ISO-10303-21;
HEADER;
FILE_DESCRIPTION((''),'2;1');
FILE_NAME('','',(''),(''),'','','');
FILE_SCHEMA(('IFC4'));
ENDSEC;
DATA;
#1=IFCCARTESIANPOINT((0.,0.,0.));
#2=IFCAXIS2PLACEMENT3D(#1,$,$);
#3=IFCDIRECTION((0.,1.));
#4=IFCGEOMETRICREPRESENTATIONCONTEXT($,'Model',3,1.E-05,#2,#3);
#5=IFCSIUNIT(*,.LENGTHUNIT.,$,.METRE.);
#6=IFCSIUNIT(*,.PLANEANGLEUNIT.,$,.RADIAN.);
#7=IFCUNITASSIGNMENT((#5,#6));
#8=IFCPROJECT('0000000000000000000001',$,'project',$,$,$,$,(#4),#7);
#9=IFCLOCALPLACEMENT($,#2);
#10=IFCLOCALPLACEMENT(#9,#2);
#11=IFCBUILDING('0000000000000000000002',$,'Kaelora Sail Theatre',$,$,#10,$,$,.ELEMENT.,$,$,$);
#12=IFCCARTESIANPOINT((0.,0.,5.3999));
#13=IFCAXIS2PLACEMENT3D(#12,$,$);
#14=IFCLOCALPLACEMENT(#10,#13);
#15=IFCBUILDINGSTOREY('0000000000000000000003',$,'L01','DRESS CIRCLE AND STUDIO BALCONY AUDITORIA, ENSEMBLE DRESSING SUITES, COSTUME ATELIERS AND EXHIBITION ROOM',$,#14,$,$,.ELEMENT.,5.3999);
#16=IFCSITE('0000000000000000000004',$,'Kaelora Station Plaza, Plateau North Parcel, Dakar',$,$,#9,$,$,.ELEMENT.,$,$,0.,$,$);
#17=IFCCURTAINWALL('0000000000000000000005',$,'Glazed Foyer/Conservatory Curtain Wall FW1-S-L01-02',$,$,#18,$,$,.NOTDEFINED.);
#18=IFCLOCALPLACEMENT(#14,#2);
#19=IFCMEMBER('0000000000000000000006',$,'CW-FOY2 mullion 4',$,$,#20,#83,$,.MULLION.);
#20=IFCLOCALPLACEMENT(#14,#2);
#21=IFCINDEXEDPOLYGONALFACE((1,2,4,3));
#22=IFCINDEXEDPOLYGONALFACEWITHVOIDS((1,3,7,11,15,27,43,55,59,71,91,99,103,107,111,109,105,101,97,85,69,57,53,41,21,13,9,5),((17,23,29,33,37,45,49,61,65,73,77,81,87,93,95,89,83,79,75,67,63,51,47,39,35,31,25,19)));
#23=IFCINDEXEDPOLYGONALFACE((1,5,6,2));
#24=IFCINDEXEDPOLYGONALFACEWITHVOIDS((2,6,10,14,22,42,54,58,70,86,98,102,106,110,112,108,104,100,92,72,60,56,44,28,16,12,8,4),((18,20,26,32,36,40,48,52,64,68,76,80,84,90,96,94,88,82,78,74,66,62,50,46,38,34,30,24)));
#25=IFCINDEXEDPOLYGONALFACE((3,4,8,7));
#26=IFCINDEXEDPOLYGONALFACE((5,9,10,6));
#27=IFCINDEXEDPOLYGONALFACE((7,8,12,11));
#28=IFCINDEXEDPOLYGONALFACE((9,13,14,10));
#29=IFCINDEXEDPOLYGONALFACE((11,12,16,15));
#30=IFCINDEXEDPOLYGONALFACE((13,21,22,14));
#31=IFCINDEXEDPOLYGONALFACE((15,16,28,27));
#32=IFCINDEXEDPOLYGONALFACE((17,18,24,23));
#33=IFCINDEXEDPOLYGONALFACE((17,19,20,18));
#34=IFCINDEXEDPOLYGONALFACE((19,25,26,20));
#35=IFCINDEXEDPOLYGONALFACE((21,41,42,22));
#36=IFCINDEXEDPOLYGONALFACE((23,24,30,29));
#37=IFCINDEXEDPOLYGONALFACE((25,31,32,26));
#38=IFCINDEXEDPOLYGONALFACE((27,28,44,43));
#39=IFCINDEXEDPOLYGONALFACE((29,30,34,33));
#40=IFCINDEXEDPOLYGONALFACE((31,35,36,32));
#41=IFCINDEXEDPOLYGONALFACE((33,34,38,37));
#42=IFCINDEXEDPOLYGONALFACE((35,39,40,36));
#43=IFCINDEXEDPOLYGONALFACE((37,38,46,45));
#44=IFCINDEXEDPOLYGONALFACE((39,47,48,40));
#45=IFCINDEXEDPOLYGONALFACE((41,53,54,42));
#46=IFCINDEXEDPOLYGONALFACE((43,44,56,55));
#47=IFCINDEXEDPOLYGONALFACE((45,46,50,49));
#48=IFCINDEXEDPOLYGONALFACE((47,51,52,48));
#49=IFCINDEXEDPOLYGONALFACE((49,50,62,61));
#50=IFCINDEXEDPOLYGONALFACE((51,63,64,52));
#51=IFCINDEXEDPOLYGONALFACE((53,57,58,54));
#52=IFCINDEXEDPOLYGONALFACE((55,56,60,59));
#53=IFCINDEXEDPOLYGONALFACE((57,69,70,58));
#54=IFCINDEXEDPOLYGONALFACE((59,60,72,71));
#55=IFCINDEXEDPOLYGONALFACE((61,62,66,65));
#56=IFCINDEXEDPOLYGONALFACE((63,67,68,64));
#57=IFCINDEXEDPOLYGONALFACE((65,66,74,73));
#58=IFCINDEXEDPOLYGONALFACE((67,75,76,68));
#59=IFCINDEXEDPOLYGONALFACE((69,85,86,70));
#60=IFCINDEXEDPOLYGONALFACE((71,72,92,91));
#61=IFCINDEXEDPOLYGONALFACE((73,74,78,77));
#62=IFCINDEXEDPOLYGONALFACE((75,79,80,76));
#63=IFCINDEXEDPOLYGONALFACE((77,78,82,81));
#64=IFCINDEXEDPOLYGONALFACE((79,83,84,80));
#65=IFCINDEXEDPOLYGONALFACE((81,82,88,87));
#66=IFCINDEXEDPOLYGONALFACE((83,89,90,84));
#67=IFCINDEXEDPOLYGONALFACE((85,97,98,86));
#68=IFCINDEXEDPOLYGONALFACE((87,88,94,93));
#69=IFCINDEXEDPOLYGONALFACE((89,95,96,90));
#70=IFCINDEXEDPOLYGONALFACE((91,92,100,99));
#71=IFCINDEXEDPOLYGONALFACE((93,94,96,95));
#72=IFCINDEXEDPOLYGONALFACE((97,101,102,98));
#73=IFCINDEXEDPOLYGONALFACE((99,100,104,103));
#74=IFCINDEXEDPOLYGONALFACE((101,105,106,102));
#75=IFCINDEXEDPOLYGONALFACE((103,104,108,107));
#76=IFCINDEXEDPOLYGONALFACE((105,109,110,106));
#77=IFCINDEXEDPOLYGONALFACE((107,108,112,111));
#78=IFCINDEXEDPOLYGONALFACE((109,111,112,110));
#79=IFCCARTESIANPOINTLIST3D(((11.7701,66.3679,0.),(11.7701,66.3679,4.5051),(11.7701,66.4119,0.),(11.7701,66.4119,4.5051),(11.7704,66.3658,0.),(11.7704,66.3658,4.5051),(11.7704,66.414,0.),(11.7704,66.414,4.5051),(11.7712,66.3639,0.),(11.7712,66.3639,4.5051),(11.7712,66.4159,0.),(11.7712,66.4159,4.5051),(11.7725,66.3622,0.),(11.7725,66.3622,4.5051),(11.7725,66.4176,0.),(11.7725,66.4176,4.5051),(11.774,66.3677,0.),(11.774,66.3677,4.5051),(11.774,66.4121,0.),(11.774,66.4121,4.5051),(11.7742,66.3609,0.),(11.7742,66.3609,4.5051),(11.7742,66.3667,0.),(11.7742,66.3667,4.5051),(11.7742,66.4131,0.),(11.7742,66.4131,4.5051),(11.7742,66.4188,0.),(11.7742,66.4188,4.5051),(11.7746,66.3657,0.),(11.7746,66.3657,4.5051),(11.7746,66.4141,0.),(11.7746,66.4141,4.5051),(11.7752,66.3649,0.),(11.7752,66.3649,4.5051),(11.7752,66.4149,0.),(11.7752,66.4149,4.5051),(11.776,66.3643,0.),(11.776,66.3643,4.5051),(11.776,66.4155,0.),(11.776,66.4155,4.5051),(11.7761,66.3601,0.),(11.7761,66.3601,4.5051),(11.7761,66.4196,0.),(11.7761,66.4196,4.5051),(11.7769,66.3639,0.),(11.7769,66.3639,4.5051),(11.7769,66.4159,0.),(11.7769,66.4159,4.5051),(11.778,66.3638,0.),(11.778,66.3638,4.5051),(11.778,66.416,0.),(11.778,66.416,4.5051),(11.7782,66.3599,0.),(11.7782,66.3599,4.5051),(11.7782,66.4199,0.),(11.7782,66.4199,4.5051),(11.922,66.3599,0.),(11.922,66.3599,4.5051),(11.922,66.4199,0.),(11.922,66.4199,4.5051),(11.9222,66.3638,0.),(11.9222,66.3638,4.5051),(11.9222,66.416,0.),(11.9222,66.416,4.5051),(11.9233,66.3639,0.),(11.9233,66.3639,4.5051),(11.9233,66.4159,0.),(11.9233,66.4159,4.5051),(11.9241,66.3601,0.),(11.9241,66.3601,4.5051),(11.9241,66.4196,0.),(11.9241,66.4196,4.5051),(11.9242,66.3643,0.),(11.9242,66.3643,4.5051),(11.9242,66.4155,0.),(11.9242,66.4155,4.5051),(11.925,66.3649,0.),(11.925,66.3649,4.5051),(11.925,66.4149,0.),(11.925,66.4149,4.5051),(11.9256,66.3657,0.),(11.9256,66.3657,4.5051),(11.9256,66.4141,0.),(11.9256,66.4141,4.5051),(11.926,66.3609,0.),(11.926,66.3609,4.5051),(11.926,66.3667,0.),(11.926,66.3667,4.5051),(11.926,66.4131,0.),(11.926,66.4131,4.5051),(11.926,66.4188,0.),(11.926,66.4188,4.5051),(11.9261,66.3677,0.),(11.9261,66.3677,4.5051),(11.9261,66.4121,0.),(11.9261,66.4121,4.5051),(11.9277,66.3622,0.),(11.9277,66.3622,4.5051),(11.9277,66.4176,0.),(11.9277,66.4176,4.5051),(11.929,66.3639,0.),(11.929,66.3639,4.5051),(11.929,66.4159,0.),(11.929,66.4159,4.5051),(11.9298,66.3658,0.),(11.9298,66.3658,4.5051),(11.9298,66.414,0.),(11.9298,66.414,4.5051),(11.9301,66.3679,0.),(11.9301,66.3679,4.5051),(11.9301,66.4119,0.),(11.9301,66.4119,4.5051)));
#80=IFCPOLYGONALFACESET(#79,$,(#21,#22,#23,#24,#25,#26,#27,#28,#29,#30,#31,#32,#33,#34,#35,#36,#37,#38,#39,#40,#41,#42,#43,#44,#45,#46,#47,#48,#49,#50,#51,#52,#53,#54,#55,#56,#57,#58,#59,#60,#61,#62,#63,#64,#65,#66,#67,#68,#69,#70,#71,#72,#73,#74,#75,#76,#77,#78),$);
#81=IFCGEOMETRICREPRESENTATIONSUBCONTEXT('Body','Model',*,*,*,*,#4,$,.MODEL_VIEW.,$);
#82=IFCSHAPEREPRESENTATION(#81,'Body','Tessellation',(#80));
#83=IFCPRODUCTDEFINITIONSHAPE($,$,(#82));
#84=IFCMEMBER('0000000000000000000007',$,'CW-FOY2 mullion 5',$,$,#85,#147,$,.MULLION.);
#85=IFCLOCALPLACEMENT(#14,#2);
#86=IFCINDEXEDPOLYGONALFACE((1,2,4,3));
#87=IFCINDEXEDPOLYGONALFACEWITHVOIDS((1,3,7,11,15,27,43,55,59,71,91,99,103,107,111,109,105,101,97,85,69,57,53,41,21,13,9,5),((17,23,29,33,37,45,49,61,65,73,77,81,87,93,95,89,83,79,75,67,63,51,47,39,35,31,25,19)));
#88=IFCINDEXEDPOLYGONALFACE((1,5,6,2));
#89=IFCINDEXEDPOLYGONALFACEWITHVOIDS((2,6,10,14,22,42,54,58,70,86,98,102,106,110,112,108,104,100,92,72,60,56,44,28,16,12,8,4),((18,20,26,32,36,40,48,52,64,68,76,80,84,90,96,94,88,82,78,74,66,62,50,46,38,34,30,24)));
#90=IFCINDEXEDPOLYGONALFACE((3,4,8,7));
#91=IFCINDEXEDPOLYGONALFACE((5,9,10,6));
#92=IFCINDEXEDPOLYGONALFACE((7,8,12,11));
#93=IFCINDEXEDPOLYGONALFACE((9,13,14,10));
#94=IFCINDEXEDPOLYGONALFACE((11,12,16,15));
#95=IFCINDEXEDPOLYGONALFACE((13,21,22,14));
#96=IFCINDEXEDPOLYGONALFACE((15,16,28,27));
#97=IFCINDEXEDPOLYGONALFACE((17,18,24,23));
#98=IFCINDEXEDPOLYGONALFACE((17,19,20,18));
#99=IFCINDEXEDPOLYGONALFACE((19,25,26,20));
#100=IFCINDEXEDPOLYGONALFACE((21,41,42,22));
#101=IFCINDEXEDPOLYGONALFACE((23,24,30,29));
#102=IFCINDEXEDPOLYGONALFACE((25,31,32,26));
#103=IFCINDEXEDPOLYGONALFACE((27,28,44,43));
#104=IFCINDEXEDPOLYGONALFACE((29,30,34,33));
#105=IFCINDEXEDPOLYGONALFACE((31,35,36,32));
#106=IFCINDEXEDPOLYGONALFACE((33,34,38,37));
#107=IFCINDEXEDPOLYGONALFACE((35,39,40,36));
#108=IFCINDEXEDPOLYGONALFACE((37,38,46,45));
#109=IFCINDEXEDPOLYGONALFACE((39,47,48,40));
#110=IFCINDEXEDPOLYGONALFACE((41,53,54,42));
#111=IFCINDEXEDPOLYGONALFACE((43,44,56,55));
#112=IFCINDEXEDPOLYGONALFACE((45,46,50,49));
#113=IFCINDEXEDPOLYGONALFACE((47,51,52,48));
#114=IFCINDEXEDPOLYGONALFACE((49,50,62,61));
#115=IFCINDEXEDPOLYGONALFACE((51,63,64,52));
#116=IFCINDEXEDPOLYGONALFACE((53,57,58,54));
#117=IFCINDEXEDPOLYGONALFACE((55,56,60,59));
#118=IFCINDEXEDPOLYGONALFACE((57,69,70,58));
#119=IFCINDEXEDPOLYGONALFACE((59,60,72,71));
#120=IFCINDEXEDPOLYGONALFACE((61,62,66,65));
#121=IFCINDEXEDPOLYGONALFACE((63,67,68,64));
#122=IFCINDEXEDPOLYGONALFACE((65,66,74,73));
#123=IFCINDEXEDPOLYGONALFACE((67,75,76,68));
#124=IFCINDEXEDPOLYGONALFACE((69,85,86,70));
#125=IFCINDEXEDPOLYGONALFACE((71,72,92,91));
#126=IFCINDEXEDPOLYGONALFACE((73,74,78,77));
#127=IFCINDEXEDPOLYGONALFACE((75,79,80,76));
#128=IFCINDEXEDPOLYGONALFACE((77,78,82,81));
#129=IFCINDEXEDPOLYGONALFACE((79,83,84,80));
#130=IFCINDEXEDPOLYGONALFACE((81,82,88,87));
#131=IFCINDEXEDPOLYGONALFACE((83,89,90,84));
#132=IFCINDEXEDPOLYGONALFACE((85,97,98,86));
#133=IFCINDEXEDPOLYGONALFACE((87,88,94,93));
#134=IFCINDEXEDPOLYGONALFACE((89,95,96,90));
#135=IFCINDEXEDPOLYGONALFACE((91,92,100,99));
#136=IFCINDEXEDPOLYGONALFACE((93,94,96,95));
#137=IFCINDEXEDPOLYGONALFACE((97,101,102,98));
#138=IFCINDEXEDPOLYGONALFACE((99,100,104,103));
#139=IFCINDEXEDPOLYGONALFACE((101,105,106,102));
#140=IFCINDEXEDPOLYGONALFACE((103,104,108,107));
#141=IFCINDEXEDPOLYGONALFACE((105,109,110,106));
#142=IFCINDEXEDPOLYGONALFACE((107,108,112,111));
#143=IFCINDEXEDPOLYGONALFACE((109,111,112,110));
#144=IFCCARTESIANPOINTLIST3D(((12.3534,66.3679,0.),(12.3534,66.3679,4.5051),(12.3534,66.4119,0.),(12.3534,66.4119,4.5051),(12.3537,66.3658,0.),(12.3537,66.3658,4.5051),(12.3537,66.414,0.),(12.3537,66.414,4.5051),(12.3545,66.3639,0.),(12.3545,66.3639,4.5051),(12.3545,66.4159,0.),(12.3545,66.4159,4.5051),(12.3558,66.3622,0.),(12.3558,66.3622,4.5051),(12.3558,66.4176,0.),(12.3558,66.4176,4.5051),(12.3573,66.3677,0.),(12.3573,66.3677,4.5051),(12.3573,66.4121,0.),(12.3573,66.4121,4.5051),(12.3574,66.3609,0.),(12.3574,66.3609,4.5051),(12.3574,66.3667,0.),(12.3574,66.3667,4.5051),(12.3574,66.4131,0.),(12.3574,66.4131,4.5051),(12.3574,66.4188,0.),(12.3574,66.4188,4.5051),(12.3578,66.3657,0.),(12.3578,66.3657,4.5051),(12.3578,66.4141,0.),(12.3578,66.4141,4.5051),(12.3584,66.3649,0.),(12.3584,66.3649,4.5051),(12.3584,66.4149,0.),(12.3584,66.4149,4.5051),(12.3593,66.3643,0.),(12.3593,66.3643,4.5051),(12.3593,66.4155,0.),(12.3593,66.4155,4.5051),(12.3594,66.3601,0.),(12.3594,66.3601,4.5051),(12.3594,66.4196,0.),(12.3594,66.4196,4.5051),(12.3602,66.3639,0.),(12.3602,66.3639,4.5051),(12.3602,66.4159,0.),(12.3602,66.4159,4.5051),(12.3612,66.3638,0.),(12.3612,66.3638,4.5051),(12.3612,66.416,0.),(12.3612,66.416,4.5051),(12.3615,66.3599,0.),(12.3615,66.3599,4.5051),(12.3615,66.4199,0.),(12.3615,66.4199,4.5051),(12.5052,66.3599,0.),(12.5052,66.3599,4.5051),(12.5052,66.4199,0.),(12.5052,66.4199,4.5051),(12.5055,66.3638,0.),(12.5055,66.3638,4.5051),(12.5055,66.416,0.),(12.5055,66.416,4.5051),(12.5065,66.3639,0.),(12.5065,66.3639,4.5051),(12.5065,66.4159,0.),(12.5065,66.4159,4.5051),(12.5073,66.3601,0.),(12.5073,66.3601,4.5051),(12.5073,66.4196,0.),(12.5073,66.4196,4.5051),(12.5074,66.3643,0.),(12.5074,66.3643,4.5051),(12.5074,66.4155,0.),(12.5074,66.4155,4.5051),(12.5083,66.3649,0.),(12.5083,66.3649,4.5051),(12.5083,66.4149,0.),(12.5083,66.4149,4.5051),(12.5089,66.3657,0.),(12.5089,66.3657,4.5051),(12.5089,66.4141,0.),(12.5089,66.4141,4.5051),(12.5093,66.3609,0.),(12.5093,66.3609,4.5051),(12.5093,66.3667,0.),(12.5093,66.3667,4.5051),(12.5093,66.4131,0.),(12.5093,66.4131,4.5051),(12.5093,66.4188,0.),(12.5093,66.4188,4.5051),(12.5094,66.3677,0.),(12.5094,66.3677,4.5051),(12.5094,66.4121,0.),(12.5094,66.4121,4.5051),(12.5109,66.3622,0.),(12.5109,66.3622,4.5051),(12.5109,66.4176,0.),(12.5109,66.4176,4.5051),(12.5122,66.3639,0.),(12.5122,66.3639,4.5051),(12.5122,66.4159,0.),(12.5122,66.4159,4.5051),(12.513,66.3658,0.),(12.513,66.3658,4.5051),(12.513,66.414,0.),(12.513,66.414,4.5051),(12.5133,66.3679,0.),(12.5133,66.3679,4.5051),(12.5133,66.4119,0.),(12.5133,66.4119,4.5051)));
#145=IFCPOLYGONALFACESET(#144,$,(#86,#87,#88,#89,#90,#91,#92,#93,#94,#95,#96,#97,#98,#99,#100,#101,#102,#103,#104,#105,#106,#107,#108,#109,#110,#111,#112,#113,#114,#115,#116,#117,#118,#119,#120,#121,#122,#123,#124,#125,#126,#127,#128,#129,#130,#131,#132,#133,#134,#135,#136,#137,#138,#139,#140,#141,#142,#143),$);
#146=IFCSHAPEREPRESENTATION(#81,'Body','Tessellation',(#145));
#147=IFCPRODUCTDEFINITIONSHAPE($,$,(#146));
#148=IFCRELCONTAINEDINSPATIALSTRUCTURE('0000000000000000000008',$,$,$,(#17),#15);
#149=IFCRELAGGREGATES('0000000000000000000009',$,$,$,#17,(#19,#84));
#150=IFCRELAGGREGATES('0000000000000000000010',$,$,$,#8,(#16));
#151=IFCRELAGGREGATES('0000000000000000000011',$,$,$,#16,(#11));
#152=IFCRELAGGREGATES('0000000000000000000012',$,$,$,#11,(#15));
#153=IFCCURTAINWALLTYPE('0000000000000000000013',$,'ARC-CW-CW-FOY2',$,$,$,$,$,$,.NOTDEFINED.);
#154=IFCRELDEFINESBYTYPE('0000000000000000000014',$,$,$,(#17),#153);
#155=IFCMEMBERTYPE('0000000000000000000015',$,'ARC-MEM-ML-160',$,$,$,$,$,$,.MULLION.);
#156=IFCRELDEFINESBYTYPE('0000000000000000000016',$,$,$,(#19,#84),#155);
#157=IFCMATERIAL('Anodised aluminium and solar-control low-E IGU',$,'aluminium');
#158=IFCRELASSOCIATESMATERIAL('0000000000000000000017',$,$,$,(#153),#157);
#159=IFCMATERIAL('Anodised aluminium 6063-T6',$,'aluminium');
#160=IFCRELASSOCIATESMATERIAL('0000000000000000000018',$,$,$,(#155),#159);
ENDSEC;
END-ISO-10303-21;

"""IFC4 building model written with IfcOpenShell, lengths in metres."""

from ifc_helpers import new_model, si_unit, direction, frame, origin, origin_2d, place, context, subcontext, project, spatial, hollow_rectangle, extrude, material, material_profile, profile_set, type_object, element, aggregate, save


model = new_model("IFC4")

# Units and contexts
model_context = context("Model", 3, precision=1e-05, world=origin(), true_north=direction((0.0, 1.0)))
body_context = subcontext(model_context, "Body", "Model", "MODEL_VIEW")
ifc_project = project(units=[si_unit("LENGTHUNIT", "METRE"), si_unit("PLANEANGLEUNIT", "RADIAN")], contexts=[model_context])

# Site, building, storey
site_placement = place(None, origin())
site = spatial("IfcSite", under=ifc_project, at=site_placement, Name="Kaelora Station Plaza, Plateau North Parcel, Dakar", CompositionType="ELEMENT", RefElevation=0.0)
building_placement = place(site_placement, origin())
building = spatial("IfcBuilding", under=site, at=building_placement, Name="Kaelora Sail Theatre", CompositionType="ELEMENT")
storey_placement = place(building_placement, frame((0.0, 0.0, 5.3999)))
storey = spatial("IfcBuildingStorey", under=building, at=storey_placement, Name="L01", Description="DRESS CIRCLE AND STUDIO BALCONY AUDITORIA, ENSEMBLE DRESSING SUITES, COSTUME ATELIERS AND EXHIBITION ROOM", CompositionType="ELEMENT", Elevation=5.3999)

# Curtain wall, members
ifc_material_1 = material(Name="Anodised aluminium and solar-control low-E IGU", Category="aluminium")
curtain_wall_type = type_object("IfcCurtainWallType", Name="ARC-CW-CW-FOY2", PredefinedType="NOTDEFINED", material=ifc_material_1)
curtain_wall_1_placement = place(storey_placement, origin())
curtain_wall_1 = element("IfcCurtainWall", 1, at=curtain_wall_1_placement, inside=storey, type_object=curtain_wall_type, Name="Glazed Foyer/Conservatory Curtain Wall FW1-S-L01-02", PredefinedType="NOTDEFINED")
ifc_material_2 = material(Name="Anodised aluminium 6063-T6", Category="aluminium")
ifc_material_profile_1 = material_profile(ifc_material_2, hollow_rectangle(XDim=0.0601, YDim=0.1599, WallThickness=0.0039, InnerFilletRadius=0.0039, OuterFilletRadius=0.0081, at=origin_2d()), Name="ALU-MULL 60x160x4")
ifc_profile_set_1 = profile_set([ifc_material_profile_1], Name="Anodised aluminium 6063-T6")
member_type_1 = type_object("IfcMemberType", Name="ARC-MEM-ML-160", PredefinedType="MULLION", material=ifc_profile_set_1)
member_1_placement = place(storey_placement, frame((11.8501, 66.3899, 0.0), z_axis=(0.0, 0.0, 1.0), x_axis=(0.0, 1.0, 0.0)))
member_1 = element("IfcMember", 2, at=member_1_placement, type_object=member_type_1, Name="CW-FOY2 mullion 4", PredefinedType="MULLION", context=body_context, shape_type="SweptSolid", body=[
    extrude(hollow_rectangle(XDim=0.0601, YDim=0.1599, WallThickness=0.0039, InnerFilletRadius=0.0039, OuterFilletRadius=0.0081, at=origin_2d()), origin(), (0.0, 0.0, 1.0), 4.5051),
])
member_2_placement = place(storey_placement, frame((12.4333, 66.3899, 0.0), z_axis=(0.0, 0.0, 1.0), x_axis=(0.0, 1.0, 0.0)))
member_2 = element("IfcMember", 3, at=member_2_placement, type_object=member_type_1, Name="CW-FOY2 mullion 5", PredefinedType="MULLION", context=body_context, shape_type="SweptSolid", body=[
    extrude(hollow_rectangle(XDim=0.0601, YDim=0.1599, WallThickness=0.0039, InnerFilletRadius=0.0039, OuterFilletRadius=0.0081, at=origin_2d()), origin(), (0.0, 0.0, 1.0), 4.5051),
])

aggregate(curtain_wall_1, [member_1, member_2])

save(model, "model.ifc")
